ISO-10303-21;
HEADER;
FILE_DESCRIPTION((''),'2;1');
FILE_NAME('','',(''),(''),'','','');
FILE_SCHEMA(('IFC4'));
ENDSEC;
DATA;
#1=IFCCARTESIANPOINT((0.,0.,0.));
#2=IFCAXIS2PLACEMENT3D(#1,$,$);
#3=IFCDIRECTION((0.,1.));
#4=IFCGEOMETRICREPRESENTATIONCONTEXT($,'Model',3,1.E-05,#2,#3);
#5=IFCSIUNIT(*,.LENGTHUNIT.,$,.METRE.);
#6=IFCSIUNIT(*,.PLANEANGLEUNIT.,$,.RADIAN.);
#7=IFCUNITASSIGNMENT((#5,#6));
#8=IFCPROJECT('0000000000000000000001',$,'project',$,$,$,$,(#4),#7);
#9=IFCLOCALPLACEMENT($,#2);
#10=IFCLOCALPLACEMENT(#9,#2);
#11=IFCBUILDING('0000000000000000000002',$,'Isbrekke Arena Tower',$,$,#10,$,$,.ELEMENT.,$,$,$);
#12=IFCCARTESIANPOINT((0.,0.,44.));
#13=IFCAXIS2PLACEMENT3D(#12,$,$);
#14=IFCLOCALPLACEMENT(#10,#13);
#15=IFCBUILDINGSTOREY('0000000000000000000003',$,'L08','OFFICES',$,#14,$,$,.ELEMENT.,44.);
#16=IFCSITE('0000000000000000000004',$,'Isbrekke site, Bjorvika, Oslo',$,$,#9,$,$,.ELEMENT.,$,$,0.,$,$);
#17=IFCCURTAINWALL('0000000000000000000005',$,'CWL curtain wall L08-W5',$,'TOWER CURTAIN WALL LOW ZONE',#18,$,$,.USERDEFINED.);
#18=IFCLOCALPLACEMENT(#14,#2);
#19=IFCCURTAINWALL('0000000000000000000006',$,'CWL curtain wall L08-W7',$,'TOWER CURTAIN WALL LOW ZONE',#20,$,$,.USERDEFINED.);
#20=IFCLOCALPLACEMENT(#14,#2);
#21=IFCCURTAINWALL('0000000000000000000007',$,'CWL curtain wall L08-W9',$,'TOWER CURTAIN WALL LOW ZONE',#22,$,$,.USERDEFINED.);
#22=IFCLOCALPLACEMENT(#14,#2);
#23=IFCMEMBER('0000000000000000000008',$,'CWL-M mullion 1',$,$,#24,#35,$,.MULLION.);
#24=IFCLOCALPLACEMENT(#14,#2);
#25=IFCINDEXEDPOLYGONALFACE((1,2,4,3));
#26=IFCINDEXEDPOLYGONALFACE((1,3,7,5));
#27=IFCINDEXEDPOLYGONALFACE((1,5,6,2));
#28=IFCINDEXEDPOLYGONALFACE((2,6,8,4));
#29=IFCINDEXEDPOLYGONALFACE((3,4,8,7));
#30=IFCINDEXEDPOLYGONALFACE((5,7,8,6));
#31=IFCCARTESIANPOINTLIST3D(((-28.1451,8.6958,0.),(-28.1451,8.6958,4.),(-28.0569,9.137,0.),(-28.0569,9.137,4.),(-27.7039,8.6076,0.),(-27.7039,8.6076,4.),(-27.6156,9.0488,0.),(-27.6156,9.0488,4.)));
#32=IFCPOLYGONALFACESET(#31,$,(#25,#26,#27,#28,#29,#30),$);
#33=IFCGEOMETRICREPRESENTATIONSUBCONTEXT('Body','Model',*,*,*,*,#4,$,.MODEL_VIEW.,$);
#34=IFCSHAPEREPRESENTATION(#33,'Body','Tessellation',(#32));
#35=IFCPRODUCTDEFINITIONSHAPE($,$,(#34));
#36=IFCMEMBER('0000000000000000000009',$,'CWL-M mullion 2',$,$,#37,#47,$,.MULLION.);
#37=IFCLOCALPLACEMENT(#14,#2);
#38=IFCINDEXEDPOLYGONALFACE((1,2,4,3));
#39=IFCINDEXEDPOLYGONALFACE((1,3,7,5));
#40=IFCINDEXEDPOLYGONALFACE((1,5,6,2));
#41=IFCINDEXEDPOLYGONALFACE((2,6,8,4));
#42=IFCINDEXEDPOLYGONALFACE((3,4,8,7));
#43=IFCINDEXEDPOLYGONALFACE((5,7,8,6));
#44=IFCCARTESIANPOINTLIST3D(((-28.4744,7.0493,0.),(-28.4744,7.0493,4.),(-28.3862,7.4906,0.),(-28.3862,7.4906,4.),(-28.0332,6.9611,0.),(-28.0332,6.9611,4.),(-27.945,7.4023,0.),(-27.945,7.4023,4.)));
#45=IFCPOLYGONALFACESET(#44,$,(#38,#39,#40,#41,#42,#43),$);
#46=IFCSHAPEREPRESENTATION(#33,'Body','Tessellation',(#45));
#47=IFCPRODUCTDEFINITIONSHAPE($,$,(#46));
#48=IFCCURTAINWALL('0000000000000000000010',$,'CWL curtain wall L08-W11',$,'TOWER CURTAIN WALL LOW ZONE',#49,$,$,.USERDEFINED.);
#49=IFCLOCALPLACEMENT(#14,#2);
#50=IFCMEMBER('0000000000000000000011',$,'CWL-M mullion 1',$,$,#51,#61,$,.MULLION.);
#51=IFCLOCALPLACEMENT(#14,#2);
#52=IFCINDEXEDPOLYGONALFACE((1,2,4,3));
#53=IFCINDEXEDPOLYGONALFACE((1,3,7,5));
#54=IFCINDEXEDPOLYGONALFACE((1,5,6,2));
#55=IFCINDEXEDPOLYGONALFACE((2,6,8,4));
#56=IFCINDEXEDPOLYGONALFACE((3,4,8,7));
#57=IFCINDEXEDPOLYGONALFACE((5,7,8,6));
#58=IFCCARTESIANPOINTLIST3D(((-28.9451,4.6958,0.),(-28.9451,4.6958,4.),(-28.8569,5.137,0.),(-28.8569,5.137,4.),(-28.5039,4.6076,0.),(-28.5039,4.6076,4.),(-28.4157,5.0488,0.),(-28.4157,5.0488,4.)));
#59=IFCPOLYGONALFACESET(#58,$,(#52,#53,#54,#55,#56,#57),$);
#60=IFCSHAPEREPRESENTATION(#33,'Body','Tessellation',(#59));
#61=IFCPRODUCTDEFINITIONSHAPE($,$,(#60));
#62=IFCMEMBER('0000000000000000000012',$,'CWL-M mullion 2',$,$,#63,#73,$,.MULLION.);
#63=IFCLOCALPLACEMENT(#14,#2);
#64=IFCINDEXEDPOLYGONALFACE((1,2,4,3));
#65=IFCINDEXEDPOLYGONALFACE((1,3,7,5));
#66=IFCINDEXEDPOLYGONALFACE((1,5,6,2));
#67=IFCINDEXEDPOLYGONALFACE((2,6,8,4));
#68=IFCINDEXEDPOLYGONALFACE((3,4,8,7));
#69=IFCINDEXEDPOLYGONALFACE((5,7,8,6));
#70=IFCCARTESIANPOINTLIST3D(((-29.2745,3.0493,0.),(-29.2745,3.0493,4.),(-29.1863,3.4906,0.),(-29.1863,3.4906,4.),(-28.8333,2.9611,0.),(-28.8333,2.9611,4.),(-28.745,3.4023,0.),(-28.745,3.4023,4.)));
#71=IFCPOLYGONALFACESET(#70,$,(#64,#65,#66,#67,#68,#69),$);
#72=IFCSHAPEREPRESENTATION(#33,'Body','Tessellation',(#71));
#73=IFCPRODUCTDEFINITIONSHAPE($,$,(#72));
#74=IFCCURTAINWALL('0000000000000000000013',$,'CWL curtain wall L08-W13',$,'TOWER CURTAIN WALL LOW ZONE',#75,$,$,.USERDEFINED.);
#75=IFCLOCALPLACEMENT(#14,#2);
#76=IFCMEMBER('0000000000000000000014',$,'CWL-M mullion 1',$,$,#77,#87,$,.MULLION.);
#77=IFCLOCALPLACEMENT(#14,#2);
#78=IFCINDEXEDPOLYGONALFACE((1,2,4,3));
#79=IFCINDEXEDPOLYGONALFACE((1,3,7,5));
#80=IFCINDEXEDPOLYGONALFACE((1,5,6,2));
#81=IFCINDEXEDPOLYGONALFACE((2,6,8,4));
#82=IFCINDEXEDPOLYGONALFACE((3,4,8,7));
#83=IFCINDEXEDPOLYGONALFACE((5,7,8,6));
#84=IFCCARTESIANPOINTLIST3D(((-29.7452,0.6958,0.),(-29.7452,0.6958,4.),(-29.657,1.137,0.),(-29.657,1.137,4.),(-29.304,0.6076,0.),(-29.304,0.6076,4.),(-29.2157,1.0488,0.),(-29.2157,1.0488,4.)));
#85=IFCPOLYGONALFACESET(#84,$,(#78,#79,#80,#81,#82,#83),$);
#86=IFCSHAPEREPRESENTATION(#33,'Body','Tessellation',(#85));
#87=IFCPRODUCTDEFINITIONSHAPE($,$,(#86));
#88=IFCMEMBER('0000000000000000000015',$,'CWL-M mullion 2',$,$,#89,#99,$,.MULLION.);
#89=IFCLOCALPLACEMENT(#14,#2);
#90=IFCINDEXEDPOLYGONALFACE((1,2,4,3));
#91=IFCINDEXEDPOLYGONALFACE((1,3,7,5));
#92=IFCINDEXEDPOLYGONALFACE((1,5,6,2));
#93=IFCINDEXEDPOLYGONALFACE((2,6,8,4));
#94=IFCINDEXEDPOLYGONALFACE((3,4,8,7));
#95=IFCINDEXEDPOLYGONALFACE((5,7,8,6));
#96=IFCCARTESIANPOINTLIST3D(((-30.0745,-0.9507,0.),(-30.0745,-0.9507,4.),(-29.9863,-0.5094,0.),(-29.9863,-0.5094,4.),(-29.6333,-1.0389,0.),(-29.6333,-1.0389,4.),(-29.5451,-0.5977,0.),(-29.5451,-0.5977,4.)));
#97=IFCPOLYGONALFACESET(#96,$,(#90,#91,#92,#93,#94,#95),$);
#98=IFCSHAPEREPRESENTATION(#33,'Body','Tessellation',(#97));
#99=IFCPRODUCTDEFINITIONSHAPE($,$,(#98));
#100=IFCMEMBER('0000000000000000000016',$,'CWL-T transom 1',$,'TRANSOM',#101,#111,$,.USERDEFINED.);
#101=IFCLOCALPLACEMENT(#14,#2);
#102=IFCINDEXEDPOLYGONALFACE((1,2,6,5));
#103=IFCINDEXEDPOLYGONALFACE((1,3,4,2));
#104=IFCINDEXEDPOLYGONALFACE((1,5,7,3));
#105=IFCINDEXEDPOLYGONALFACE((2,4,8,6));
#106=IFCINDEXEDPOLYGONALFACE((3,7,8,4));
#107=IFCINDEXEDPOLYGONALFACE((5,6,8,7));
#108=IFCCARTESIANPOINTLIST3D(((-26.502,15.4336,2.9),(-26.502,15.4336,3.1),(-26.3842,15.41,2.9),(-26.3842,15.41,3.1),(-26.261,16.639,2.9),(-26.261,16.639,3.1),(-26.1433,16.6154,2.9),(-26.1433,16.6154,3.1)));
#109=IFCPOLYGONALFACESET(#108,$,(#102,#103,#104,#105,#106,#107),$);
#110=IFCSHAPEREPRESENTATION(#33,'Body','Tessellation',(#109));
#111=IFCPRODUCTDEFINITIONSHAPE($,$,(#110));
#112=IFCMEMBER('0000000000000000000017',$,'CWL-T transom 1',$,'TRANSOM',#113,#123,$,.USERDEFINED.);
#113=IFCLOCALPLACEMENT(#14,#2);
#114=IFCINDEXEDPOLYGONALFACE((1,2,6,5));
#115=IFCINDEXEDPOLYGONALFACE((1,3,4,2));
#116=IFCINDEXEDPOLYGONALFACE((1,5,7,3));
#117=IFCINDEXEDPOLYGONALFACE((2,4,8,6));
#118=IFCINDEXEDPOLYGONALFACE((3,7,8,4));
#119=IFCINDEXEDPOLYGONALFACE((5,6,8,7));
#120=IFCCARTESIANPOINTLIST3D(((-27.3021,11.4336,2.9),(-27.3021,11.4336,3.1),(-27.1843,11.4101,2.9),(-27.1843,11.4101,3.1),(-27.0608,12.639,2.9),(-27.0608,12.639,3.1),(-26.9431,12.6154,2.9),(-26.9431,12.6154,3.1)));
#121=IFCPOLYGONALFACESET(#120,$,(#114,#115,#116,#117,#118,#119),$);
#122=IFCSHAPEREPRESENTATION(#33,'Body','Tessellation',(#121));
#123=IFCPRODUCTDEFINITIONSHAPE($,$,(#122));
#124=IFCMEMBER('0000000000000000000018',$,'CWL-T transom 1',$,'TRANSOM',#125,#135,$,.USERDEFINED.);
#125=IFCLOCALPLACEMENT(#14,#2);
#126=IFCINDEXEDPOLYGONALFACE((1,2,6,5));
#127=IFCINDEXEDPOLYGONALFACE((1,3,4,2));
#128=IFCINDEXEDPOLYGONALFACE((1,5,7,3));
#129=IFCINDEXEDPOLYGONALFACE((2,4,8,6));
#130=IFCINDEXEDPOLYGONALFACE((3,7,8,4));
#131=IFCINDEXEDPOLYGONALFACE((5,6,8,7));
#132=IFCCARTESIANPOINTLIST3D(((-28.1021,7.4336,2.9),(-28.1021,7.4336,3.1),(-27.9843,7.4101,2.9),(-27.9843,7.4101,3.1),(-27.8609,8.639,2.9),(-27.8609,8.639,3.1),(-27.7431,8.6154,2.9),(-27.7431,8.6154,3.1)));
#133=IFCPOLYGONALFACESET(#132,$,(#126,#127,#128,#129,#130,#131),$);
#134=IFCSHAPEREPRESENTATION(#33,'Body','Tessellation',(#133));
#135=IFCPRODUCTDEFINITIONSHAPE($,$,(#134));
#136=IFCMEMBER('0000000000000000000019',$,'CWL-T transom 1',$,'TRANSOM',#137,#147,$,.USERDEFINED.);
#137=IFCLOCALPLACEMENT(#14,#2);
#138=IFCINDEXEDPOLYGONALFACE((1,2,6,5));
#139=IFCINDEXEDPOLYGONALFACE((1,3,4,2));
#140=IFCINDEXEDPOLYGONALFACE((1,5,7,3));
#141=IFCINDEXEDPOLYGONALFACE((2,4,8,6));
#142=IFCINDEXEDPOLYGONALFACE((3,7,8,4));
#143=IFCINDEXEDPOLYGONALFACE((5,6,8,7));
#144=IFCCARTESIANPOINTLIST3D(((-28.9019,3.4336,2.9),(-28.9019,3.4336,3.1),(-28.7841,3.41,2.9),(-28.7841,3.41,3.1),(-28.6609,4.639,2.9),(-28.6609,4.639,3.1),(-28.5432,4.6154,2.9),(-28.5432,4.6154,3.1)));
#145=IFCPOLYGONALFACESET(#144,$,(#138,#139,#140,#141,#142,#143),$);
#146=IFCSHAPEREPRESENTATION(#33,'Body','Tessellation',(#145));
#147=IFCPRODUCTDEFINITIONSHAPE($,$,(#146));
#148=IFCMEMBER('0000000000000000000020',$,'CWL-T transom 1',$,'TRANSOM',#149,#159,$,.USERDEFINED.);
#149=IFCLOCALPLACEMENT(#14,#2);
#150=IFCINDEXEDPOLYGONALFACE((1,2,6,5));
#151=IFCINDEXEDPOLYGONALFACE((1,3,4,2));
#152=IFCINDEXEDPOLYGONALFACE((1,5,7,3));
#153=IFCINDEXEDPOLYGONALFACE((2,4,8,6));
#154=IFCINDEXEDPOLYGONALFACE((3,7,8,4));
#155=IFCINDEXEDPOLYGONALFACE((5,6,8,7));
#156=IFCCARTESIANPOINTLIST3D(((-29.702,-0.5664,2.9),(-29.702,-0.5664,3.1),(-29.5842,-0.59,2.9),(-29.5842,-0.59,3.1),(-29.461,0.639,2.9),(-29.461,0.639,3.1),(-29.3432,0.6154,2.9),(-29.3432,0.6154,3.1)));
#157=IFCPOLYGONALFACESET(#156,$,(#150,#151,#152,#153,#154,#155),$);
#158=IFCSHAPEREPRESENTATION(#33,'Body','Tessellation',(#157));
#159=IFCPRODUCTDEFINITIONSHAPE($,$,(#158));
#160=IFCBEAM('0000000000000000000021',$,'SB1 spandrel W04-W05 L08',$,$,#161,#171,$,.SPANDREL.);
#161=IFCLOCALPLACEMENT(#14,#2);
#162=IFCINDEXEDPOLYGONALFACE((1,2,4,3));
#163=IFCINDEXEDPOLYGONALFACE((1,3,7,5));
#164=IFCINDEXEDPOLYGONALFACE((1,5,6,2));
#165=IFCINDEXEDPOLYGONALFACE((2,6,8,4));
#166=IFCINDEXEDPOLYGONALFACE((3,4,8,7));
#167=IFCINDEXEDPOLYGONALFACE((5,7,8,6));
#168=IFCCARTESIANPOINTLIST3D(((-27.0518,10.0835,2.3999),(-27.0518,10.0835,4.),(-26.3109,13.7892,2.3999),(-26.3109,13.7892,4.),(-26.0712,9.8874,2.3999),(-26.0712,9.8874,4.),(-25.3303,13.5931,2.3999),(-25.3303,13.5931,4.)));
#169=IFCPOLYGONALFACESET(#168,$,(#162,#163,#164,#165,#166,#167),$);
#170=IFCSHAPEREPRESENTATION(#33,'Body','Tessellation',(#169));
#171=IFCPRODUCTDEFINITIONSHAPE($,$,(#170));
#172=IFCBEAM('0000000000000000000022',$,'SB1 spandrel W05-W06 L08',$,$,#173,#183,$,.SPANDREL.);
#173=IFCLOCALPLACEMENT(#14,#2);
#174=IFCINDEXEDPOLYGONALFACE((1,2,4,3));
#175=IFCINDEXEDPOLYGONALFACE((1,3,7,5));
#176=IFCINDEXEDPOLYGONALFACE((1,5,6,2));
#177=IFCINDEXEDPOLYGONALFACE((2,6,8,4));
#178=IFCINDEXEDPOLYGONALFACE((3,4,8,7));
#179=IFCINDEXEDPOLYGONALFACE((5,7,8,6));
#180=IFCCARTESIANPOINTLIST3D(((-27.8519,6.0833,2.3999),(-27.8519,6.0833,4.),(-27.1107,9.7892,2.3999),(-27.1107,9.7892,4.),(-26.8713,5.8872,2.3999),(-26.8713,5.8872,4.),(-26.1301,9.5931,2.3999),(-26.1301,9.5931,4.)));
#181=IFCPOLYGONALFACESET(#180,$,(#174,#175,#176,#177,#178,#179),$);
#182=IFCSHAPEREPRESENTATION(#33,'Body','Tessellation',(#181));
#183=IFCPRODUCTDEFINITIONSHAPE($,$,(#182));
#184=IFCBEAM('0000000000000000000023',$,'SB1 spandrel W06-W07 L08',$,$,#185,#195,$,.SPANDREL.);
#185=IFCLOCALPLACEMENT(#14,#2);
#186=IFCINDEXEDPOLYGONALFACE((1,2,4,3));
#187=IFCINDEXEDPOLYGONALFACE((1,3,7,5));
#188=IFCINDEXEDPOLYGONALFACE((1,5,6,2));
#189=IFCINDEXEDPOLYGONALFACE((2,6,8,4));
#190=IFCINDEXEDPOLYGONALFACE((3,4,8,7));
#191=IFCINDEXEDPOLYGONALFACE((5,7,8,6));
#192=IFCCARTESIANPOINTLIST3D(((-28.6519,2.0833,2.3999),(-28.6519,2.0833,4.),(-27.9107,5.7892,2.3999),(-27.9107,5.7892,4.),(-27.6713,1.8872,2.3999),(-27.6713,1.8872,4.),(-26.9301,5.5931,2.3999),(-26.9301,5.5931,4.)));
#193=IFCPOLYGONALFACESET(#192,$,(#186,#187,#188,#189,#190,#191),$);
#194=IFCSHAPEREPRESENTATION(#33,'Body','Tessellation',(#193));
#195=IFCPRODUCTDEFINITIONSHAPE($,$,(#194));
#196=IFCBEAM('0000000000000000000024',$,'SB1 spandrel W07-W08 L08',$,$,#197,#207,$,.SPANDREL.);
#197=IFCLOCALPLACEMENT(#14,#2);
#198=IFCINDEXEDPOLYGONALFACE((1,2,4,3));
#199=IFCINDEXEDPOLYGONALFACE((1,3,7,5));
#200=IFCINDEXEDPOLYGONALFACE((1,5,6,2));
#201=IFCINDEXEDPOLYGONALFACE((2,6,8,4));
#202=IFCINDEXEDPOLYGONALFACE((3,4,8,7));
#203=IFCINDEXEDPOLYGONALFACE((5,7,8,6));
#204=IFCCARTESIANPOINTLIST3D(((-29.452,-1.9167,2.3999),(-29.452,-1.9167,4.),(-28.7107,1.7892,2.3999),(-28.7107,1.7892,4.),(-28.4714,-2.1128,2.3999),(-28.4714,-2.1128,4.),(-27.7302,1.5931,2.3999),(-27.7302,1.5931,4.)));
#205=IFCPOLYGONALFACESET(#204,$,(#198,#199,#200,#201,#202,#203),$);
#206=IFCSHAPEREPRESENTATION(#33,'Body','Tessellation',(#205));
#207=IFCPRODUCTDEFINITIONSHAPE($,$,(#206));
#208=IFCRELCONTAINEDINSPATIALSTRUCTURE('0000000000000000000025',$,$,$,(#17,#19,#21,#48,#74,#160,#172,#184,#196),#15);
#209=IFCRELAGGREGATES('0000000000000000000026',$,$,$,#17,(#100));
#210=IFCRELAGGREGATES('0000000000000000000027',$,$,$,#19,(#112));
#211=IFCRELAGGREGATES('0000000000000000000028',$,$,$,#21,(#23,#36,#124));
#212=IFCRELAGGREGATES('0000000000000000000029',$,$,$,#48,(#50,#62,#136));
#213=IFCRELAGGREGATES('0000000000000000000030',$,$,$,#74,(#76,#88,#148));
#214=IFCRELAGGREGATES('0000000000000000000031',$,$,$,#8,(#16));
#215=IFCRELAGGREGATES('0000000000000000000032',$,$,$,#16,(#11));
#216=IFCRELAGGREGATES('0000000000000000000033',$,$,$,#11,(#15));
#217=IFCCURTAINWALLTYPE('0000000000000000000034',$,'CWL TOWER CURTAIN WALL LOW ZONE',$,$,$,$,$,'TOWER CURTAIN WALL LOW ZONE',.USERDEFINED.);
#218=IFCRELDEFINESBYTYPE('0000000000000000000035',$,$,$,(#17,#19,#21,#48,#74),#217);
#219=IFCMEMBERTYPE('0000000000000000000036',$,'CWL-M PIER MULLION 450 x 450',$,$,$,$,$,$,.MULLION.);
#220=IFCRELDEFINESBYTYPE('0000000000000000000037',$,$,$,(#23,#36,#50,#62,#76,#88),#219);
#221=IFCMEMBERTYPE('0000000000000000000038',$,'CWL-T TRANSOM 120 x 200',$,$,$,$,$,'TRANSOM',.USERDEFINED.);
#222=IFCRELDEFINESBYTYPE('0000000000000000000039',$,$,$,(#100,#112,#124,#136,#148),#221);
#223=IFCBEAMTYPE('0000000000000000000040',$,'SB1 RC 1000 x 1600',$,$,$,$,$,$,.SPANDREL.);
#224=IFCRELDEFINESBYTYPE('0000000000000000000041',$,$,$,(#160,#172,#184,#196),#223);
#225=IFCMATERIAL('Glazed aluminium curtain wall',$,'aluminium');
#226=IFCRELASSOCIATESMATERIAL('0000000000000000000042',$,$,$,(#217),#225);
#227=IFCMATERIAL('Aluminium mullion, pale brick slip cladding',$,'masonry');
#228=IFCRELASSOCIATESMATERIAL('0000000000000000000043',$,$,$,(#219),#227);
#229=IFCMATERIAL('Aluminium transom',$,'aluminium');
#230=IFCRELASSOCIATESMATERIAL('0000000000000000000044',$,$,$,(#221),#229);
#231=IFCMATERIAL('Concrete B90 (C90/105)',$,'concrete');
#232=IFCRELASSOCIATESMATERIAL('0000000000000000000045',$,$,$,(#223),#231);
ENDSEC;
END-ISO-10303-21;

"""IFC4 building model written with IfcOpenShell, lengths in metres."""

from ifc_helpers import new_model, si_unit, direction, frame, origin, origin_2d, place, context, subcontext, project, spatial, rectangle, extrude, material, material_profile, profile_set, type_object, element, aggregate, save


model = new_model("IFC4")

# Units and contexts
model_context = context("Model", 3, precision=1e-05, world=origin(), true_north=direction((0.0, 1.0)))
body_context = subcontext(model_context, "Body", "Model", "MODEL_VIEW")
ifc_project = project(units=[si_unit("LENGTHUNIT", "METRE"), si_unit("PLANEANGLEUNIT", "RADIAN")], contexts=[model_context])

# Site, building, storey
site_placement = place(None, origin())
site = spatial("IfcSite", under=ifc_project, at=site_placement, Name="Isbrekke site, Bjorvika, Oslo", CompositionType="ELEMENT", RefElevation=0.0)
building_placement = place(site_placement, origin())
building = spatial("IfcBuilding", under=site, at=building_placement, Name="Isbrekke Arena Tower", CompositionType="ELEMENT")
storey_placement = place(building_placement, frame((0.0, 0.0, 44.0)))
storey = spatial("IfcBuildingStorey", under=building, at=storey_placement, Name="L08", Description="OFFICES", CompositionType="ELEMENT", Elevation=44.0)

# Curtain walls, members
ifc_material_1 = material(Name="Glazed aluminium curtain wall", Category="aluminium")
curtain_wall_type = type_object("IfcCurtainWallType", Name="CWL TOWER CURTAIN WALL LOW ZONE", ElementType="TOWER CURTAIN WALL LOW ZONE", PredefinedType="USERDEFINED", material=ifc_material_1)
curtain_wall_1_placement = place(storey_placement, origin())
curtain_wall_1 = element("IfcCurtainWall", 1, at=curtain_wall_1_placement, inside=storey, type_object=curtain_wall_type, Name="CWL curtain wall L08-W5", ObjectType="TOWER CURTAIN WALL LOW ZONE", PredefinedType="USERDEFINED")
ifc_material_2 = material(Name="Aluminium mullion, pale brick slip cladding", Category="masonry")
ifc_material_profile_1 = material_profile(ifc_material_2, rectangle(XDim=0.45, YDim=0.45, at=origin_2d()), Name="PIER 450X450")
ifc_profile_set_1 = profile_set([ifc_material_profile_1], Name="Aluminium mullion, pale brick slip cladding")
member_type_1 = type_object("IfcMemberType", Name="CWL-M PIER MULLION 450 x 450", PredefinedType="MULLION", material=ifc_profile_set_1)
curtain_wall_2_placement = place(storey_placement, origin())
curtain_wall_2 = element("IfcCurtainWall", 2, at=curtain_wall_2_placement, inside=storey, type_object=curtain_wall_type, Name="CWL curtain wall L08-W7", ObjectType="TOWER CURTAIN WALL LOW ZONE", PredefinedType="USERDEFINED")
curtain_wall_3_placement = place(storey_placement, origin())
curtain_wall_3 = element("IfcCurtainWall", 3, at=curtain_wall_3_placement, inside=storey, type_object=curtain_wall_type, Name="CWL curtain wall L08-W9", ObjectType="TOWER CURTAIN WALL LOW ZONE", PredefinedType="USERDEFINED")
member_1_placement = place(storey_placement, frame((-27.8804, 8.8723, 0.0), z_axis=(0.0, 0.0, 1.0), x_axis=(-0.196116, -0.980581, 0.0)))
member_1 = element("IfcMember", 4, at=member_1_placement, type_object=member_type_1, Name="CWL-M mullion 1", PredefinedType="MULLION", context=body_context, shape_type="SweptSolid", body=[
    extrude(rectangle(XDim=0.45, YDim=0.45, at=origin_2d()), origin(), (0.0, 0.0, 1.0), 4.0),
])
member_2_placement = place(storey_placement, frame((-28.2097, 7.2258, 0.0), z_axis=(0.0, 0.0, 1.0), x_axis=(-0.196116, -0.980581, 0.0)))
member_2 = element("IfcMember", 5, at=member_2_placement, type_object=member_type_1, Name="CWL-M mullion 2", PredefinedType="MULLION", context=body_context, shape_type="SweptSolid", body=[
    extrude(rectangle(XDim=0.45, YDim=0.45, at=origin_2d()), origin(), (0.0, 0.0, 1.0), 4.0),
])
curtain_wall_4_placement = place(storey_placement, origin())
curtain_wall_4 = element("IfcCurtainWall", 6, at=curtain_wall_4_placement, inside=storey, type_object=curtain_wall_type, Name="CWL curtain wall L08-W11", ObjectType="TOWER CURTAIN WALL LOW ZONE", PredefinedType="USERDEFINED")
member_3_placement = place(storey_placement, frame((-28.6804, 4.8723, 0.0), z_axis=(0.0, 0.0, 1.0), x_axis=(-0.196116, -0.980581, 0.0)))
member_3 = element("IfcMember", 7, at=member_3_placement, type_object=member_type_1, Name="CWL-M mullion 1", PredefinedType="MULLION", context=body_context, shape_type="SweptSolid", body=[
    extrude(rectangle(XDim=0.45, YDim=0.45, at=origin_2d()), origin(), (0.0, 0.0, 1.0), 4.0),
])
member_4_placement = place(storey_placement, frame((-29.0098, 3.2258, 0.0), z_axis=(0.0, 0.0, 1.0), x_axis=(-0.196116, -0.980581, 0.0)))
member_4 = element("IfcMember", 8, at=member_4_placement, type_object=member_type_1, Name="CWL-M mullion 2", PredefinedType="MULLION", context=body_context, shape_type="SweptSolid", body=[
    extrude(rectangle(XDim=0.45, YDim=0.45, at=origin_2d()), origin(), (0.0, 0.0, 1.0), 4.0),
])
curtain_wall_5_placement = place(storey_placement, origin())
curtain_wall_5 = element("IfcCurtainWall", 9, at=curtain_wall_5_placement, inside=storey, type_object=curtain_wall_type, Name="CWL curtain wall L08-W13", ObjectType="TOWER CURTAIN WALL LOW ZONE", PredefinedType="USERDEFINED")
member_5_placement = place(storey_placement, frame((-29.4805, 0.8723, 0.0), z_axis=(0.0, 0.0, 1.0), x_axis=(-0.196116, -0.980581, 0.0)))
member_5 = element("IfcMember", 10, at=member_5_placement, type_object=member_type_1, Name="CWL-M mullion 1", PredefinedType="MULLION", context=body_context, shape_type="SweptSolid", body=[
    extrude(rectangle(XDim=0.45, YDim=0.45, at=origin_2d()), origin(), (0.0, 0.0, 1.0), 4.0),
])
member_6_placement = place(storey_placement, frame((-29.8098, -0.7742, 0.0), z_axis=(0.0, 0.0, 1.0), x_axis=(-0.196116, -0.980581, 0.0)))
member_6 = element("IfcMember", 11, at=member_6_placement, type_object=member_type_1, Name="CWL-M mullion 2", PredefinedType="MULLION", context=body_context, shape_type="SweptSolid", body=[
    extrude(rectangle(XDim=0.45, YDim=0.45, at=origin_2d()), origin(), (0.0, 0.0, 1.0), 4.0),
])

# Members
ifc_material_3 = material(Name="Aluminium transom", Category="aluminium")
ifc_material_profile_2 = material_profile(ifc_material_3, rectangle(XDim=0.1201, YDim=0.2, at=origin_2d()), Name="TRANSOM 120X200")
ifc_profile_set_2 = profile_set([ifc_material_profile_2], Name="Aluminium transom")
member_type_2 = type_object("IfcMemberType", Name="CWL-T TRANSOM 120 x 200", ElementType="TRANSOM", PredefinedType="USERDEFINED", material=ifc_profile_set_2)
member_7_placement = place(storey_placement, frame((-26.2021, 16.6272, 3.0), z_axis=(-0.19604, -0.980596, 0.0), x_axis=(0.980596, -0.19604, 0.0)))
member_7 = element("IfcMember", 12, at=member_7_placement, type_object=member_type_2, Name="CWL-T transom 1", ObjectType="TRANSOM", PredefinedType="USERDEFINED", context=body_context, shape_type="SweptSolid", body=[
    extrude(rectangle(XDim=0.1201, YDim=0.2, at=origin_2d()), origin(), (0.0, 0.0, 1.0), 1.2292),
])
member_8_placement = place(storey_placement, frame((-27.002, 12.6272, 3.0), z_axis=(-0.196231, -0.980558, 0.0), x_axis=(0.980558, -0.196231, 0.0)))
member_8 = element("IfcMember", 13, at=member_8_placement, type_object=member_type_2, Name="CWL-T transom 1", ObjectType="TRANSOM", PredefinedType="USERDEFINED", context=body_context, shape_type="SweptSolid", body=[
    extrude(rectangle(XDim=0.1201, YDim=0.2, at=origin_2d()), origin(), (0.0, 0.0, 1.0), 1.2292),
])
member_9_placement = place(storey_placement, frame((-27.802, 8.6272, 3.0), z_axis=(-0.196231, -0.980558, 0.0), x_axis=(0.980558, -0.196231, 0.0)))
member_9 = element("IfcMember", 14, at=member_9_placement, type_object=member_type_2, Name="CWL-T transom 1", ObjectType="TRANSOM", PredefinedType="USERDEFINED", context=body_context, shape_type="SweptSolid", body=[
    extrude(rectangle(XDim=0.1201, YDim=0.2, at=origin_2d()), origin(), (0.0, 0.0, 1.0), 1.2292),
])
member_10_placement = place(storey_placement, frame((-28.6021, 4.6272, 3.0), z_axis=(-0.19604, -0.980596, 0.0), x_axis=(0.980596, -0.19604, 0.0)))
member_10 = element("IfcMember", 15, at=member_10_placement, type_object=member_type_2, Name="CWL-T transom 1", ObjectType="TRANSOM", PredefinedType="USERDEFINED", context=body_context, shape_type="SweptSolid", body=[
    extrude(rectangle(XDim=0.1201, YDim=0.2, at=origin_2d()), origin(), (0.0, 0.0, 1.0), 1.2292),
])
member_11_placement = place(storey_placement, frame((-29.4021, 0.6272, 3.0), z_axis=(-0.19604, -0.980596, 0.0), x_axis=(0.980596, -0.19604, 0.0)))
member_11 = element("IfcMember", 16, at=member_11_placement, type_object=member_type_2, Name="CWL-T transom 1", ObjectType="TRANSOM", PredefinedType="USERDEFINED", context=body_context, shape_type="SweptSolid", body=[
    extrude(rectangle(XDim=0.1201, YDim=0.2, at=origin_2d()), origin(), (0.0, 0.0, 1.0), 1.2292),
])

# Beams
ifc_material_4 = material(Name="Concrete B90 (C90/105)", Category="concrete")
ifc_material_profile_3 = material_profile(ifc_material_4, rectangle(XDim=1.0, YDim=1.6001, at=origin_2d()), Name="RC 1000x1600")
ifc_profile_set_3 = profile_set([ifc_material_profile_3], Name="Concrete B90 (C90/105)")
beam_type_1 = type_object("IfcBeamType", Name="SB1 RC 1000 x 1600", PredefinedType="SPANDREL", material=ifc_profile_set_3)
beam_1_placement = place(storey_placement, frame((-25.8206, 13.6912, 3.2), z_axis=(-0.196066, -0.980591, 0.0), x_axis=(0.980591, -0.196066, 0.0)))
element("IfcBeam", 17, at=beam_1_placement, inside=storey, type_object=beam_type_1, Name="SB1 spandrel W04-W05 L08", PredefinedType="SPANDREL", context=body_context, shape_type="SweptSolid", body=[
    extrude(rectangle(XDim=1.0, YDim=1.6001, at=origin_2d()), origin(), (0.0, 0.0, 1.0), 3.7791),
])
for number, where, z_axis, x_axis, name in (
    (18, (-26.6204, 9.6912, 3.2), (-0.196129, -0.980578, 0.0), (0.980578, -0.196129, 0.0), "SB1 spandrel W05-W06 L08"),
    (19, (-27.4204, 5.6912, 3.2), (-0.196129, -0.980578, 0.0), (0.980578, -0.196129, 0.0), "SB1 spandrel W06-W07 L08"),
    (20, (-28.2205, 1.6912, 3.2), (-0.196129, -0.980578, 0.0), (0.980578, -0.196129, 0.0), "SB1 spandrel W07-W08 L08"),
):
    element("IfcBeam", number, at=place(storey_placement, frame(where, z_axis=z_axis, x_axis=x_axis)), inside=storey, type_object=beam_type_1, Name=name, PredefinedType="SPANDREL", context=body_context, shape_type="SweptSolid", body=[
        extrude(rectangle(XDim=1.0, YDim=1.6001, at=origin_2d()), origin(), (0.0, 0.0, 1.0), 3.7793),
    ])

aggregate(curtain_wall_1, [member_7])
aggregate(curtain_wall_2, [member_8])
aggregate(curtain_wall_3, [member_1, member_2, member_9])
aggregate(curtain_wall_4, [member_3, member_4, member_10])
aggregate(curtain_wall_5, [member_5, member_6, member_11])

save(model, "model.ifc")
